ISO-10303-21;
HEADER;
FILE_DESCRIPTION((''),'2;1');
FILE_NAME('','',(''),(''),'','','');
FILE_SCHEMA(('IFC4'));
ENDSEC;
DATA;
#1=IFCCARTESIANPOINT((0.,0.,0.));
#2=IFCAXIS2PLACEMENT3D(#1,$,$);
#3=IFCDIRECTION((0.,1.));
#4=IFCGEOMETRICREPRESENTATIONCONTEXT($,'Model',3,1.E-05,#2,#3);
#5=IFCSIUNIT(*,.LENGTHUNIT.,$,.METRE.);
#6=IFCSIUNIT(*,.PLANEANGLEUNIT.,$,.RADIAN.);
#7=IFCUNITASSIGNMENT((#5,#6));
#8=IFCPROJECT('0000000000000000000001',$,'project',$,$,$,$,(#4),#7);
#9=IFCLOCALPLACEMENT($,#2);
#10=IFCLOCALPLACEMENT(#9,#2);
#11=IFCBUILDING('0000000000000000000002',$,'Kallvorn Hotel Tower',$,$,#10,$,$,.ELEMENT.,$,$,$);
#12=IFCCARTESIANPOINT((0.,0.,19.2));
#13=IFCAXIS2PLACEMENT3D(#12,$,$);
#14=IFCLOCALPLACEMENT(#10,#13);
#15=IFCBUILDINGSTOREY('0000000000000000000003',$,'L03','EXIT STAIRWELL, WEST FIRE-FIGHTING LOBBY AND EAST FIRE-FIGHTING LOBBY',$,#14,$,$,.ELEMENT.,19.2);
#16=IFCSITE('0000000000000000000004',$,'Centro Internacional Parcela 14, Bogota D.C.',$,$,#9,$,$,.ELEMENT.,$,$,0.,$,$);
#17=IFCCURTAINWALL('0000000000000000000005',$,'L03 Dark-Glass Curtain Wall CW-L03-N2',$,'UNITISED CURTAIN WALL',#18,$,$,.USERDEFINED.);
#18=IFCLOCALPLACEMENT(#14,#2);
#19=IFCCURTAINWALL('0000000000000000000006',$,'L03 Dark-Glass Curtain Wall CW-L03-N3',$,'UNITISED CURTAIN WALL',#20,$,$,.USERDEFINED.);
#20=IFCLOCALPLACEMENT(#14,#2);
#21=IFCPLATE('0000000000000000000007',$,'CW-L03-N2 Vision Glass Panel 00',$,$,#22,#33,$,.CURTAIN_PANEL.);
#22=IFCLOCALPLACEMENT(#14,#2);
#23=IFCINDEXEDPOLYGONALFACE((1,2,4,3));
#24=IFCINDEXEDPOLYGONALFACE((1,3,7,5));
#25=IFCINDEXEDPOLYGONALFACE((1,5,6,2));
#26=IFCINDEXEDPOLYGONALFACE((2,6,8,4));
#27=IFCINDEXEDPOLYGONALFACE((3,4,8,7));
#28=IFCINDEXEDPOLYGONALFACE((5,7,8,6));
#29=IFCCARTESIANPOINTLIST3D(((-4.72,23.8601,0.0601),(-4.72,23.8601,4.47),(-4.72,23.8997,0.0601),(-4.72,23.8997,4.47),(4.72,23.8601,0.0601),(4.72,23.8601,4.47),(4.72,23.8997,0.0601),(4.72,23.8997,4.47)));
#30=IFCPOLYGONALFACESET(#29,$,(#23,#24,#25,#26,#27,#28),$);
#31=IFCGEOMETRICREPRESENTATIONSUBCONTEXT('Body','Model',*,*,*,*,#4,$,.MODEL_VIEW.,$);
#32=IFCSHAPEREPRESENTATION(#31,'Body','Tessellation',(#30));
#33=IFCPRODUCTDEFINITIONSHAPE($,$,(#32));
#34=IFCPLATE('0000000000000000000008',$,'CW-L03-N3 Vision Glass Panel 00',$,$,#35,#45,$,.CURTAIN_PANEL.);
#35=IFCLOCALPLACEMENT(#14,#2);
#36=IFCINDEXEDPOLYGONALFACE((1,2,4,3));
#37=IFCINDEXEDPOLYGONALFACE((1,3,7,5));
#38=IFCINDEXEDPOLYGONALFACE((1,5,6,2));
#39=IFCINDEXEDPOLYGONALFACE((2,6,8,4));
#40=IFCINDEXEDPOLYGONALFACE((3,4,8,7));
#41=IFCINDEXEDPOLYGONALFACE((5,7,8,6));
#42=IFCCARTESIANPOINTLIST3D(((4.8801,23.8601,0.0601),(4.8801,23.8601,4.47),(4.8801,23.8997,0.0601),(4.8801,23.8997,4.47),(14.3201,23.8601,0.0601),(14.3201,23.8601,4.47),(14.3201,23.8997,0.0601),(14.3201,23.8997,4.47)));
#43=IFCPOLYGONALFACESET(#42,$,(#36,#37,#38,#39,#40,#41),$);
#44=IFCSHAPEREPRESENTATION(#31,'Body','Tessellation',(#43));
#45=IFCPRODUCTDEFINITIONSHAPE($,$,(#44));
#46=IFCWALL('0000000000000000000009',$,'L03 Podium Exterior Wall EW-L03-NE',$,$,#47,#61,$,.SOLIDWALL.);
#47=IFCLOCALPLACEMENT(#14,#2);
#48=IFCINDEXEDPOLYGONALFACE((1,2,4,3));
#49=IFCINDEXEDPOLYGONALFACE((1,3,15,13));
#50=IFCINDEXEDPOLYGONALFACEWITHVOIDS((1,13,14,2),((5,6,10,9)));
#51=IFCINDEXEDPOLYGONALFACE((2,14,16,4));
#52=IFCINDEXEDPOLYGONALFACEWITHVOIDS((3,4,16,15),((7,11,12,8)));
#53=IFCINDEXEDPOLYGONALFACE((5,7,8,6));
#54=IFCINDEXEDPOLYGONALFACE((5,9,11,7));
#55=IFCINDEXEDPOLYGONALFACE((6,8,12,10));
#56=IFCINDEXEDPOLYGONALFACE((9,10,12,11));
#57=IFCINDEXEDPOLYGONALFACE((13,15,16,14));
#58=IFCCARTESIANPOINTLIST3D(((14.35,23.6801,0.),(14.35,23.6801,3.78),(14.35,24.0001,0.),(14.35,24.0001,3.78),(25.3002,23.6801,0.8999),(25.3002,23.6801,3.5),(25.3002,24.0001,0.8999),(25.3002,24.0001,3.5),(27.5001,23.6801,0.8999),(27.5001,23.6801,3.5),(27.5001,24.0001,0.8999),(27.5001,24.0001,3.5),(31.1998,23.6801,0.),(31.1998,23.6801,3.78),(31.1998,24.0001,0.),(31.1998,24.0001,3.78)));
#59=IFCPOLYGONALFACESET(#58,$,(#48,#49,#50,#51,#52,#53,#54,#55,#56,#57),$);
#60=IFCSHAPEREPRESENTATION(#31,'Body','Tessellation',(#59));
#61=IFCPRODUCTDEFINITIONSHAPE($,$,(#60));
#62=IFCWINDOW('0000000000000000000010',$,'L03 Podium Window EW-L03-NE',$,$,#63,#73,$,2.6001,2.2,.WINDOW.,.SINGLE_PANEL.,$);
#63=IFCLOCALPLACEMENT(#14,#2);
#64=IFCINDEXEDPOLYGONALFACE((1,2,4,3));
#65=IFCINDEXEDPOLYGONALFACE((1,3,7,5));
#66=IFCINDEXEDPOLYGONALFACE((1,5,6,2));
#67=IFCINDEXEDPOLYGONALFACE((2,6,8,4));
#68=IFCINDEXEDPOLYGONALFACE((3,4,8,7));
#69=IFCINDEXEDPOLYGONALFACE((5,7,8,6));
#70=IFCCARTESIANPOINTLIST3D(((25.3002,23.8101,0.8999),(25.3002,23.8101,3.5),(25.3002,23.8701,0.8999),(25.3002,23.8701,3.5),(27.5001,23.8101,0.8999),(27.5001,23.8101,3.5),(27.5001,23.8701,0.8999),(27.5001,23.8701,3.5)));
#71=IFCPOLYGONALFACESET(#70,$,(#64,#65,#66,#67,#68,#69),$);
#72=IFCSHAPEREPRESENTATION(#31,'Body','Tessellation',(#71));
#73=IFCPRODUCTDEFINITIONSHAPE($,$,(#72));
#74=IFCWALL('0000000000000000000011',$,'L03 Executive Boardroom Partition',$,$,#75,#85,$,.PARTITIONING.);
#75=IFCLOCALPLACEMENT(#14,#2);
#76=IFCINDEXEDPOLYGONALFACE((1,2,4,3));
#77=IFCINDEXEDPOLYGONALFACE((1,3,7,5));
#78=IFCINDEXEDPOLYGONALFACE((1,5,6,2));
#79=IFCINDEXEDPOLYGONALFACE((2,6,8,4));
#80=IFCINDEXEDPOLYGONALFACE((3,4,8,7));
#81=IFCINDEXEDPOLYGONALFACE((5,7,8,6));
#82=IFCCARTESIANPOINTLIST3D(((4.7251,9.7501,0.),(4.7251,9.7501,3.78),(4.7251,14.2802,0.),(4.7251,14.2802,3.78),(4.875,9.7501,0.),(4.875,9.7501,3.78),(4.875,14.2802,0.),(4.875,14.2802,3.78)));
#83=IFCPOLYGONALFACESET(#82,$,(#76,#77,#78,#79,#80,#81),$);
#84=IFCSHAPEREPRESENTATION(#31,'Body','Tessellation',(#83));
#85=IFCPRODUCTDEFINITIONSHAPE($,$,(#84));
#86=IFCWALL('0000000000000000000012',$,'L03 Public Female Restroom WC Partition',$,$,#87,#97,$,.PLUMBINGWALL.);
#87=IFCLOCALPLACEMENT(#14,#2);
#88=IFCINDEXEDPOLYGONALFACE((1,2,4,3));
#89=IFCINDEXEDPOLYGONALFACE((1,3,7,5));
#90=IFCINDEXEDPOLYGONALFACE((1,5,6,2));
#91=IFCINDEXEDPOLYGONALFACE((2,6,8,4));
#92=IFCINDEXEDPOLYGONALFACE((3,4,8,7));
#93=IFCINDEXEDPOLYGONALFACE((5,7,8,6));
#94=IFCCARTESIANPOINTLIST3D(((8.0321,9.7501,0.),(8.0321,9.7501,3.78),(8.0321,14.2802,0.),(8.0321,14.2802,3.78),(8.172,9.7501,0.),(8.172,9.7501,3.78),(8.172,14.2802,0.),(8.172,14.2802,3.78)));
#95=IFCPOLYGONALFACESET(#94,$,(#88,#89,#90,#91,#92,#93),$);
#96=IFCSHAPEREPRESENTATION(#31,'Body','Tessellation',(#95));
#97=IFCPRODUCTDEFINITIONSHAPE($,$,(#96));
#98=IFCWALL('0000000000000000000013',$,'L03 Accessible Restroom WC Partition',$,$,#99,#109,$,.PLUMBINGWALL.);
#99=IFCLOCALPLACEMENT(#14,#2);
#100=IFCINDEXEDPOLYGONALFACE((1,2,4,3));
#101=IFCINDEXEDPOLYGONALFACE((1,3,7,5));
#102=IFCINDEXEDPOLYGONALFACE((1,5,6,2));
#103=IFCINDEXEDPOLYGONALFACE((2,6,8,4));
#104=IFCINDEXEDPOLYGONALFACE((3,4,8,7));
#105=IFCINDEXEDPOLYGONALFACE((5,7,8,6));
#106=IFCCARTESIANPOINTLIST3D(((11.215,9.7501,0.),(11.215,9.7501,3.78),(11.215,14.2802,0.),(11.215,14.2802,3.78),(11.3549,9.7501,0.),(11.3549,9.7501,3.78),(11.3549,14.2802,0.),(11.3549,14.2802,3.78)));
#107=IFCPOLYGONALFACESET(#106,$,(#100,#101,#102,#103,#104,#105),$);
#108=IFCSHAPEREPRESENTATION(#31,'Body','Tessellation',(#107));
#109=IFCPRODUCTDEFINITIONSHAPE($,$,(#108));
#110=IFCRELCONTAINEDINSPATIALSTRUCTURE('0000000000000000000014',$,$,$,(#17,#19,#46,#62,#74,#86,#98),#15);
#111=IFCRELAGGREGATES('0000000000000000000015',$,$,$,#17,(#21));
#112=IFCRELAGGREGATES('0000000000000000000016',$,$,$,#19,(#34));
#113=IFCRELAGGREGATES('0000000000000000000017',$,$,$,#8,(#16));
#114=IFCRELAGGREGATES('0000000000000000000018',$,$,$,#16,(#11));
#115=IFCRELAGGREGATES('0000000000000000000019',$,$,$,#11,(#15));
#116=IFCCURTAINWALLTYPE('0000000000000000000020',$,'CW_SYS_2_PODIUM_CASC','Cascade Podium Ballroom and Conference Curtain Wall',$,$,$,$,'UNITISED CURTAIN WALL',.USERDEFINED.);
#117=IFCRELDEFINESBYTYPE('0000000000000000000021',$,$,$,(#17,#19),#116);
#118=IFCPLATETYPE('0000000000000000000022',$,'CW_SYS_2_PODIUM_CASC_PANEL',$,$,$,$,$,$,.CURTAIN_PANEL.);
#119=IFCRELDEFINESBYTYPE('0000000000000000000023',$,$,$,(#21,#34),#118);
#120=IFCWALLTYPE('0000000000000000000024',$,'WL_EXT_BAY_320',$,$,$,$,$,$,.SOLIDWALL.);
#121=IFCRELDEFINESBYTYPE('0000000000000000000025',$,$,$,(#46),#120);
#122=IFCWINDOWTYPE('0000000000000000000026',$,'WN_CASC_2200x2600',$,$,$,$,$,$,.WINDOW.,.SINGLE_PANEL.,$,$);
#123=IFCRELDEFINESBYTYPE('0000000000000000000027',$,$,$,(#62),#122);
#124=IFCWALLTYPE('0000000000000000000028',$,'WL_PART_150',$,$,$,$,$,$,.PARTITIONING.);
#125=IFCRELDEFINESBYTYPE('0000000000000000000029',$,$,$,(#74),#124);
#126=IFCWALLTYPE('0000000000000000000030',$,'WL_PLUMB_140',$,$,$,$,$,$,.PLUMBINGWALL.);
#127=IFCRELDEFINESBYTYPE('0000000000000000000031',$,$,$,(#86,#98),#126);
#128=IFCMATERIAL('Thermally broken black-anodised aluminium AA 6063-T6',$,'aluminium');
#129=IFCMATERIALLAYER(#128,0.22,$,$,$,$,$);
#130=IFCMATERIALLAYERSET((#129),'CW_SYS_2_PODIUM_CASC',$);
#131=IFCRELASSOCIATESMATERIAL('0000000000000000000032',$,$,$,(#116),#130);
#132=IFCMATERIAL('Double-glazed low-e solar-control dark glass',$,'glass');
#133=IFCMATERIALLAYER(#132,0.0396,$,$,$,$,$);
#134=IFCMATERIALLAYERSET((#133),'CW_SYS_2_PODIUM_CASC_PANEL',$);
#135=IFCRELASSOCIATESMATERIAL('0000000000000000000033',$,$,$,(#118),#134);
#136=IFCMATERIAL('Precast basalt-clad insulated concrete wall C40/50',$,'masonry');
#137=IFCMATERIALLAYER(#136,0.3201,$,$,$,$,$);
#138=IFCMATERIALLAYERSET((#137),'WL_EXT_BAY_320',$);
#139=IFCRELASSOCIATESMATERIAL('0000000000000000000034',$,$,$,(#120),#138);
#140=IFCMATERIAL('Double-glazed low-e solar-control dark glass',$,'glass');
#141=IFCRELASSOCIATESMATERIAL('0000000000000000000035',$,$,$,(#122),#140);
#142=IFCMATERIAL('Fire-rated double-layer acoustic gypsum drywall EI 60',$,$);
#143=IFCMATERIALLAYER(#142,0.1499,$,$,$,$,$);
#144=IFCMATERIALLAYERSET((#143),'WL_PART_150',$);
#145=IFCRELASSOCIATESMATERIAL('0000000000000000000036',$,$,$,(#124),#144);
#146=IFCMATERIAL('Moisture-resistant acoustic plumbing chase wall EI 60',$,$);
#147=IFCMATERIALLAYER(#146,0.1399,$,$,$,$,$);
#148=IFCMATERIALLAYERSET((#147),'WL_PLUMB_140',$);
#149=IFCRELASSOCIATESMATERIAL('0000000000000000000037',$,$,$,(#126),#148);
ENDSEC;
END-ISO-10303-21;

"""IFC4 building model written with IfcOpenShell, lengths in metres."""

from ifc_helpers import new_model, si_unit, direction, frame, frame_2d, origin, origin_2d, place, context, subcontext, project, spatial, rectangle, extrude, material, layer, layer_set, type_object, element, fill, aggregate, save


model = new_model("IFC4")

# Units and contexts
model_context = context("Model", 3, precision=1e-05, world=origin(), true_north=direction((0.0, 1.0)))
body_context = subcontext(model_context, "Body", "Model", "MODEL_VIEW")
ifc_project = project(units=[si_unit("LENGTHUNIT", "METRE"), si_unit("PLANEANGLEUNIT", "RADIAN")], contexts=[model_context])

# Site, building, storey
site_placement = place(None, origin())
site = spatial("IfcSite", under=ifc_project, at=site_placement, Name="Centro Internacional Parcela 14, Bogota D.C.", CompositionType="ELEMENT", RefElevation=0.0)
building_placement = place(site_placement, origin())
building = spatial("IfcBuilding", under=site, at=building_placement, Name="Kallvorn Hotel Tower", CompositionType="ELEMENT")
storey_placement = place(building_placement, frame((0.0, 0.0, 19.2)))
storey = spatial("IfcBuildingStorey", under=building, at=storey_placement, Name="L03", Description="EXIT STAIRWELL, WEST FIRE-FIGHTING LOBBY AND EAST FIRE-FIGHTING LOBBY", CompositionType="ELEMENT", Elevation=19.2)

# Curtain wall
ifc_material_1 = material(Name="Thermally broken black-anodised aluminium AA 6063-T6", Category="aluminium")
ifc_layer_1 = layer(ifc_material_1, 0.22)
ifc_layer_set_1 = layer_set([ifc_layer_1], Name="CW_SYS_2_PODIUM_CASC")
curtain_wall_type = type_object("IfcCurtainWallType", Name="CW_SYS_2_PODIUM_CASC", Description="Cascade Podium Ballroom and Conference Curtain Wall", ElementType="UNITISED CURTAIN WALL", PredefinedType="USERDEFINED", material=ifc_layer_set_1)
curtain_wall_1_placement = place(storey_placement, origin())
curtain_wall_1 = element("IfcCurtainWall", 1, at=curtain_wall_1_placement, inside=storey, type_object=curtain_wall_type, Name="L03 Dark-Glass Curtain Wall CW-L03-N2", ObjectType="UNITISED CURTAIN WALL", PredefinedType="USERDEFINED")

# Curtain wall
curtain_wall_2_placement = place(storey_placement, origin())
curtain_wall_2 = element("IfcCurtainWall", 2, at=curtain_wall_2_placement, inside=storey, type_object=curtain_wall_type, Name="L03 Dark-Glass Curtain Wall CW-L03-N3", ObjectType="UNITISED CURTAIN WALL", PredefinedType="USERDEFINED")

# Plates
ifc_material_2 = material(Name="Double-glazed low-e solar-control dark glass", Category="glass")
ifc_layer_2 = layer(ifc_material_2, 0.0396)
ifc_layer_set_2 = layer_set([ifc_layer_2], Name="CW_SYS_2_PODIUM_CASC_PANEL")
plate_type = type_object("IfcPlateType", Name="CW_SYS_2_PODIUM_CASC_PANEL", PredefinedType="CURTAIN_PANEL", material=ifc_layer_set_2)
plate_1_placement = place(storey_placement, frame((0.0, 23.8799, 0.0601), z_axis=(0.0, 0.0, 1.0), x_axis=(1.0, 0.0, 0.0)))
plate_1 = element("IfcPlate", 3, at=plate_1_placement, type_object=plate_type, Name="CW-L03-N2 Vision Glass Panel 00", PredefinedType="CURTAIN_PANEL", context=body_context, shape_type="SweptSolid", body=[
    extrude(rectangle(XDim=9.4399, YDim=0.0396, at=origin_2d()), origin(), (0.0, 0.0, 1.0), 4.4099),
])
aggregate(curtain_wall_1, [plate_1])
plate_2_placement = place(storey_placement, frame((9.6001, 23.8799, 0.0601), z_axis=(0.0, 0.0, 1.0), x_axis=(1.0, 0.0, 0.0)))
plate_2 = element("IfcPlate", 4, at=plate_2_placement, type_object=plate_type, Name="CW-L03-N3 Vision Glass Panel 00", PredefinedType="CURTAIN_PANEL", context=body_context, shape_type="SweptSolid", body=[
    extrude(rectangle(XDim=9.4399, YDim=0.0396, at=origin_2d()), origin(), (0.0, 0.0, 1.0), 4.4099),
])
aggregate(curtain_wall_2, [plate_2])

# Wall, opening, window
ifc_material_3 = material(Name="Precast basalt-clad insulated concrete wall C40/50", Category="masonry")
ifc_layer_3 = layer(ifc_material_3, 0.3201)
ifc_layer_set_3 = layer_set([ifc_layer_3], Name="WL_EXT_BAY_320")
wall_type_1 = type_object("IfcWallType", Name="WL_EXT_BAY_320", PredefinedType="SOLIDWALL", material=ifc_layer_set_3)
wall_1_placement = place(storey_placement, frame((14.3501, 23.8401, 0.0), z_axis=(0.0, 0.0, 1.0), x_axis=(1.0, 0.0, 0.0)))
wall_1 = element("IfcWall", 5, at=wall_1_placement, inside=storey, type_object=wall_type_1, Name="L03 Podium Exterior Wall EW-L03-NE", PredefinedType="SOLIDWALL", context=body_context, shape_type="SweptSolid", body=[
    extrude(rectangle(XDim=16.8499, YDim=0.3201, at=frame_2d((8.4248, 0.0))), origin(), (0.0, 0.0, 1.0), 3.78),
])
opening_placement = place(wall_1_placement, frame((10.95, 0.0, 0.8999)))
opening = element("IfcOpeningElement", 6, at=opening_placement, cuts=wall_1, PredefinedType="OPENING", context=body_context, shape_type="SweptSolid", body=[
    extrude(rectangle(XDim=2.2, YDim=2.6001, at=frame_2d((1.1001, 1.3))), frame((0.0, 0.175, 0.0), z_axis=(0.0, -1.0, 0.0), x_axis=(1.0, 0.0, 0.0)), (0.0, 0.0, 1.0), 0.3501),
])
ifc_material_4 = material(Name="Double-glazed low-e solar-control dark glass", Category="glass")
window_type = type_object("IfcWindowType", Name="WN_CASC_2200x2600", PartitioningType="SINGLE_PANEL", PredefinedType="WINDOW", material=ifc_material_4)
window_placement = place(opening_placement, origin())
window = element("IfcWindow", 7, at=window_placement, inside=storey, type_object=window_type, Name="L03 Podium Window EW-L03-NE", OverallHeight=2.6001, OverallWidth=2.2, PartitioningType="SINGLE_PANEL", PredefinedType="WINDOW", context=body_context, shape_type="SweptSolid", body=[
    extrude(rectangle(XDim=2.2, YDim=2.6001, at=frame_2d((1.1001, 1.3))), frame((0.0, 0.03, 0.0), z_axis=(0.0, -1.0, 0.0), x_axis=(1.0, 0.0, 0.0)), (0.0, 0.0, 1.0), 0.0601),
])
fill(opening, window)

# Walls
ifc_material_5 = material(Name="Fire-rated double-layer acoustic gypsum drywall EI 60")
ifc_layer_4 = layer(ifc_material_5, 0.1499)
ifc_layer_set_4 = layer_set([ifc_layer_4], Name="WL_PART_150")
wall_type_2 = type_object("IfcWallType", Name="WL_PART_150", PredefinedType="PARTITIONING", material=ifc_layer_set_4)
wall_2_placement = place(storey_placement, frame((4.8, 9.75, 0.0), z_axis=(0.0, 0.0, 1.0), x_axis=(0.0, 1.0, 0.0)))
element("IfcWall", 8, at=wall_2_placement, inside=storey, type_object=wall_type_2, Name="L03 Executive Boardroom Partition", PredefinedType="PARTITIONING", context=body_context, shape_type="SweptSolid", body=[
    extrude(rectangle(XDim=4.53, YDim=0.1499, at=frame_2d((2.2651, 0.0))), origin(), (0.0, 0.0, 1.0), 3.78),
])
ifc_material_6 = material(Name="Moisture-resistant acoustic plumbing chase wall EI 60")
ifc_layer_5 = layer(ifc_material_6, 0.1399)
ifc_layer_set_5 = layer_set([ifc_layer_5], Name="WL_PLUMB_140")
wall_type_3 = type_object("IfcWallType", Name="WL_PLUMB_140", PredefinedType="PLUMBINGWALL", material=ifc_layer_set_5)
for number, where, z_axis, x_axis, name in (
    (9, (8.1021, 9.75, 0.0), (0.0, 0.0, 1.0), (0.0, 1.0, 0.0), "L03 Public Female Restroom WC Partition"),
    (10, (11.2849, 9.75, 0.0), (0.0, 0.0, 1.0), (0.0, 1.0, 0.0), "L03 Accessible Restroom WC Partition"),
):
    element("IfcWall", number, at=place(storey_placement, frame(where, z_axis=z_axis, x_axis=x_axis)), inside=storey, type_object=wall_type_3, Name=name, PredefinedType="PLUMBINGWALL", context=body_context, shape_type="SweptSolid", body=[
        extrude(rectangle(XDim=4.53, YDim=0.1399, at=frame_2d((2.2651, 0.0))), origin(), (0.0, 0.0, 1.0), 3.78),
    ])

save(model, "model.ifc")
